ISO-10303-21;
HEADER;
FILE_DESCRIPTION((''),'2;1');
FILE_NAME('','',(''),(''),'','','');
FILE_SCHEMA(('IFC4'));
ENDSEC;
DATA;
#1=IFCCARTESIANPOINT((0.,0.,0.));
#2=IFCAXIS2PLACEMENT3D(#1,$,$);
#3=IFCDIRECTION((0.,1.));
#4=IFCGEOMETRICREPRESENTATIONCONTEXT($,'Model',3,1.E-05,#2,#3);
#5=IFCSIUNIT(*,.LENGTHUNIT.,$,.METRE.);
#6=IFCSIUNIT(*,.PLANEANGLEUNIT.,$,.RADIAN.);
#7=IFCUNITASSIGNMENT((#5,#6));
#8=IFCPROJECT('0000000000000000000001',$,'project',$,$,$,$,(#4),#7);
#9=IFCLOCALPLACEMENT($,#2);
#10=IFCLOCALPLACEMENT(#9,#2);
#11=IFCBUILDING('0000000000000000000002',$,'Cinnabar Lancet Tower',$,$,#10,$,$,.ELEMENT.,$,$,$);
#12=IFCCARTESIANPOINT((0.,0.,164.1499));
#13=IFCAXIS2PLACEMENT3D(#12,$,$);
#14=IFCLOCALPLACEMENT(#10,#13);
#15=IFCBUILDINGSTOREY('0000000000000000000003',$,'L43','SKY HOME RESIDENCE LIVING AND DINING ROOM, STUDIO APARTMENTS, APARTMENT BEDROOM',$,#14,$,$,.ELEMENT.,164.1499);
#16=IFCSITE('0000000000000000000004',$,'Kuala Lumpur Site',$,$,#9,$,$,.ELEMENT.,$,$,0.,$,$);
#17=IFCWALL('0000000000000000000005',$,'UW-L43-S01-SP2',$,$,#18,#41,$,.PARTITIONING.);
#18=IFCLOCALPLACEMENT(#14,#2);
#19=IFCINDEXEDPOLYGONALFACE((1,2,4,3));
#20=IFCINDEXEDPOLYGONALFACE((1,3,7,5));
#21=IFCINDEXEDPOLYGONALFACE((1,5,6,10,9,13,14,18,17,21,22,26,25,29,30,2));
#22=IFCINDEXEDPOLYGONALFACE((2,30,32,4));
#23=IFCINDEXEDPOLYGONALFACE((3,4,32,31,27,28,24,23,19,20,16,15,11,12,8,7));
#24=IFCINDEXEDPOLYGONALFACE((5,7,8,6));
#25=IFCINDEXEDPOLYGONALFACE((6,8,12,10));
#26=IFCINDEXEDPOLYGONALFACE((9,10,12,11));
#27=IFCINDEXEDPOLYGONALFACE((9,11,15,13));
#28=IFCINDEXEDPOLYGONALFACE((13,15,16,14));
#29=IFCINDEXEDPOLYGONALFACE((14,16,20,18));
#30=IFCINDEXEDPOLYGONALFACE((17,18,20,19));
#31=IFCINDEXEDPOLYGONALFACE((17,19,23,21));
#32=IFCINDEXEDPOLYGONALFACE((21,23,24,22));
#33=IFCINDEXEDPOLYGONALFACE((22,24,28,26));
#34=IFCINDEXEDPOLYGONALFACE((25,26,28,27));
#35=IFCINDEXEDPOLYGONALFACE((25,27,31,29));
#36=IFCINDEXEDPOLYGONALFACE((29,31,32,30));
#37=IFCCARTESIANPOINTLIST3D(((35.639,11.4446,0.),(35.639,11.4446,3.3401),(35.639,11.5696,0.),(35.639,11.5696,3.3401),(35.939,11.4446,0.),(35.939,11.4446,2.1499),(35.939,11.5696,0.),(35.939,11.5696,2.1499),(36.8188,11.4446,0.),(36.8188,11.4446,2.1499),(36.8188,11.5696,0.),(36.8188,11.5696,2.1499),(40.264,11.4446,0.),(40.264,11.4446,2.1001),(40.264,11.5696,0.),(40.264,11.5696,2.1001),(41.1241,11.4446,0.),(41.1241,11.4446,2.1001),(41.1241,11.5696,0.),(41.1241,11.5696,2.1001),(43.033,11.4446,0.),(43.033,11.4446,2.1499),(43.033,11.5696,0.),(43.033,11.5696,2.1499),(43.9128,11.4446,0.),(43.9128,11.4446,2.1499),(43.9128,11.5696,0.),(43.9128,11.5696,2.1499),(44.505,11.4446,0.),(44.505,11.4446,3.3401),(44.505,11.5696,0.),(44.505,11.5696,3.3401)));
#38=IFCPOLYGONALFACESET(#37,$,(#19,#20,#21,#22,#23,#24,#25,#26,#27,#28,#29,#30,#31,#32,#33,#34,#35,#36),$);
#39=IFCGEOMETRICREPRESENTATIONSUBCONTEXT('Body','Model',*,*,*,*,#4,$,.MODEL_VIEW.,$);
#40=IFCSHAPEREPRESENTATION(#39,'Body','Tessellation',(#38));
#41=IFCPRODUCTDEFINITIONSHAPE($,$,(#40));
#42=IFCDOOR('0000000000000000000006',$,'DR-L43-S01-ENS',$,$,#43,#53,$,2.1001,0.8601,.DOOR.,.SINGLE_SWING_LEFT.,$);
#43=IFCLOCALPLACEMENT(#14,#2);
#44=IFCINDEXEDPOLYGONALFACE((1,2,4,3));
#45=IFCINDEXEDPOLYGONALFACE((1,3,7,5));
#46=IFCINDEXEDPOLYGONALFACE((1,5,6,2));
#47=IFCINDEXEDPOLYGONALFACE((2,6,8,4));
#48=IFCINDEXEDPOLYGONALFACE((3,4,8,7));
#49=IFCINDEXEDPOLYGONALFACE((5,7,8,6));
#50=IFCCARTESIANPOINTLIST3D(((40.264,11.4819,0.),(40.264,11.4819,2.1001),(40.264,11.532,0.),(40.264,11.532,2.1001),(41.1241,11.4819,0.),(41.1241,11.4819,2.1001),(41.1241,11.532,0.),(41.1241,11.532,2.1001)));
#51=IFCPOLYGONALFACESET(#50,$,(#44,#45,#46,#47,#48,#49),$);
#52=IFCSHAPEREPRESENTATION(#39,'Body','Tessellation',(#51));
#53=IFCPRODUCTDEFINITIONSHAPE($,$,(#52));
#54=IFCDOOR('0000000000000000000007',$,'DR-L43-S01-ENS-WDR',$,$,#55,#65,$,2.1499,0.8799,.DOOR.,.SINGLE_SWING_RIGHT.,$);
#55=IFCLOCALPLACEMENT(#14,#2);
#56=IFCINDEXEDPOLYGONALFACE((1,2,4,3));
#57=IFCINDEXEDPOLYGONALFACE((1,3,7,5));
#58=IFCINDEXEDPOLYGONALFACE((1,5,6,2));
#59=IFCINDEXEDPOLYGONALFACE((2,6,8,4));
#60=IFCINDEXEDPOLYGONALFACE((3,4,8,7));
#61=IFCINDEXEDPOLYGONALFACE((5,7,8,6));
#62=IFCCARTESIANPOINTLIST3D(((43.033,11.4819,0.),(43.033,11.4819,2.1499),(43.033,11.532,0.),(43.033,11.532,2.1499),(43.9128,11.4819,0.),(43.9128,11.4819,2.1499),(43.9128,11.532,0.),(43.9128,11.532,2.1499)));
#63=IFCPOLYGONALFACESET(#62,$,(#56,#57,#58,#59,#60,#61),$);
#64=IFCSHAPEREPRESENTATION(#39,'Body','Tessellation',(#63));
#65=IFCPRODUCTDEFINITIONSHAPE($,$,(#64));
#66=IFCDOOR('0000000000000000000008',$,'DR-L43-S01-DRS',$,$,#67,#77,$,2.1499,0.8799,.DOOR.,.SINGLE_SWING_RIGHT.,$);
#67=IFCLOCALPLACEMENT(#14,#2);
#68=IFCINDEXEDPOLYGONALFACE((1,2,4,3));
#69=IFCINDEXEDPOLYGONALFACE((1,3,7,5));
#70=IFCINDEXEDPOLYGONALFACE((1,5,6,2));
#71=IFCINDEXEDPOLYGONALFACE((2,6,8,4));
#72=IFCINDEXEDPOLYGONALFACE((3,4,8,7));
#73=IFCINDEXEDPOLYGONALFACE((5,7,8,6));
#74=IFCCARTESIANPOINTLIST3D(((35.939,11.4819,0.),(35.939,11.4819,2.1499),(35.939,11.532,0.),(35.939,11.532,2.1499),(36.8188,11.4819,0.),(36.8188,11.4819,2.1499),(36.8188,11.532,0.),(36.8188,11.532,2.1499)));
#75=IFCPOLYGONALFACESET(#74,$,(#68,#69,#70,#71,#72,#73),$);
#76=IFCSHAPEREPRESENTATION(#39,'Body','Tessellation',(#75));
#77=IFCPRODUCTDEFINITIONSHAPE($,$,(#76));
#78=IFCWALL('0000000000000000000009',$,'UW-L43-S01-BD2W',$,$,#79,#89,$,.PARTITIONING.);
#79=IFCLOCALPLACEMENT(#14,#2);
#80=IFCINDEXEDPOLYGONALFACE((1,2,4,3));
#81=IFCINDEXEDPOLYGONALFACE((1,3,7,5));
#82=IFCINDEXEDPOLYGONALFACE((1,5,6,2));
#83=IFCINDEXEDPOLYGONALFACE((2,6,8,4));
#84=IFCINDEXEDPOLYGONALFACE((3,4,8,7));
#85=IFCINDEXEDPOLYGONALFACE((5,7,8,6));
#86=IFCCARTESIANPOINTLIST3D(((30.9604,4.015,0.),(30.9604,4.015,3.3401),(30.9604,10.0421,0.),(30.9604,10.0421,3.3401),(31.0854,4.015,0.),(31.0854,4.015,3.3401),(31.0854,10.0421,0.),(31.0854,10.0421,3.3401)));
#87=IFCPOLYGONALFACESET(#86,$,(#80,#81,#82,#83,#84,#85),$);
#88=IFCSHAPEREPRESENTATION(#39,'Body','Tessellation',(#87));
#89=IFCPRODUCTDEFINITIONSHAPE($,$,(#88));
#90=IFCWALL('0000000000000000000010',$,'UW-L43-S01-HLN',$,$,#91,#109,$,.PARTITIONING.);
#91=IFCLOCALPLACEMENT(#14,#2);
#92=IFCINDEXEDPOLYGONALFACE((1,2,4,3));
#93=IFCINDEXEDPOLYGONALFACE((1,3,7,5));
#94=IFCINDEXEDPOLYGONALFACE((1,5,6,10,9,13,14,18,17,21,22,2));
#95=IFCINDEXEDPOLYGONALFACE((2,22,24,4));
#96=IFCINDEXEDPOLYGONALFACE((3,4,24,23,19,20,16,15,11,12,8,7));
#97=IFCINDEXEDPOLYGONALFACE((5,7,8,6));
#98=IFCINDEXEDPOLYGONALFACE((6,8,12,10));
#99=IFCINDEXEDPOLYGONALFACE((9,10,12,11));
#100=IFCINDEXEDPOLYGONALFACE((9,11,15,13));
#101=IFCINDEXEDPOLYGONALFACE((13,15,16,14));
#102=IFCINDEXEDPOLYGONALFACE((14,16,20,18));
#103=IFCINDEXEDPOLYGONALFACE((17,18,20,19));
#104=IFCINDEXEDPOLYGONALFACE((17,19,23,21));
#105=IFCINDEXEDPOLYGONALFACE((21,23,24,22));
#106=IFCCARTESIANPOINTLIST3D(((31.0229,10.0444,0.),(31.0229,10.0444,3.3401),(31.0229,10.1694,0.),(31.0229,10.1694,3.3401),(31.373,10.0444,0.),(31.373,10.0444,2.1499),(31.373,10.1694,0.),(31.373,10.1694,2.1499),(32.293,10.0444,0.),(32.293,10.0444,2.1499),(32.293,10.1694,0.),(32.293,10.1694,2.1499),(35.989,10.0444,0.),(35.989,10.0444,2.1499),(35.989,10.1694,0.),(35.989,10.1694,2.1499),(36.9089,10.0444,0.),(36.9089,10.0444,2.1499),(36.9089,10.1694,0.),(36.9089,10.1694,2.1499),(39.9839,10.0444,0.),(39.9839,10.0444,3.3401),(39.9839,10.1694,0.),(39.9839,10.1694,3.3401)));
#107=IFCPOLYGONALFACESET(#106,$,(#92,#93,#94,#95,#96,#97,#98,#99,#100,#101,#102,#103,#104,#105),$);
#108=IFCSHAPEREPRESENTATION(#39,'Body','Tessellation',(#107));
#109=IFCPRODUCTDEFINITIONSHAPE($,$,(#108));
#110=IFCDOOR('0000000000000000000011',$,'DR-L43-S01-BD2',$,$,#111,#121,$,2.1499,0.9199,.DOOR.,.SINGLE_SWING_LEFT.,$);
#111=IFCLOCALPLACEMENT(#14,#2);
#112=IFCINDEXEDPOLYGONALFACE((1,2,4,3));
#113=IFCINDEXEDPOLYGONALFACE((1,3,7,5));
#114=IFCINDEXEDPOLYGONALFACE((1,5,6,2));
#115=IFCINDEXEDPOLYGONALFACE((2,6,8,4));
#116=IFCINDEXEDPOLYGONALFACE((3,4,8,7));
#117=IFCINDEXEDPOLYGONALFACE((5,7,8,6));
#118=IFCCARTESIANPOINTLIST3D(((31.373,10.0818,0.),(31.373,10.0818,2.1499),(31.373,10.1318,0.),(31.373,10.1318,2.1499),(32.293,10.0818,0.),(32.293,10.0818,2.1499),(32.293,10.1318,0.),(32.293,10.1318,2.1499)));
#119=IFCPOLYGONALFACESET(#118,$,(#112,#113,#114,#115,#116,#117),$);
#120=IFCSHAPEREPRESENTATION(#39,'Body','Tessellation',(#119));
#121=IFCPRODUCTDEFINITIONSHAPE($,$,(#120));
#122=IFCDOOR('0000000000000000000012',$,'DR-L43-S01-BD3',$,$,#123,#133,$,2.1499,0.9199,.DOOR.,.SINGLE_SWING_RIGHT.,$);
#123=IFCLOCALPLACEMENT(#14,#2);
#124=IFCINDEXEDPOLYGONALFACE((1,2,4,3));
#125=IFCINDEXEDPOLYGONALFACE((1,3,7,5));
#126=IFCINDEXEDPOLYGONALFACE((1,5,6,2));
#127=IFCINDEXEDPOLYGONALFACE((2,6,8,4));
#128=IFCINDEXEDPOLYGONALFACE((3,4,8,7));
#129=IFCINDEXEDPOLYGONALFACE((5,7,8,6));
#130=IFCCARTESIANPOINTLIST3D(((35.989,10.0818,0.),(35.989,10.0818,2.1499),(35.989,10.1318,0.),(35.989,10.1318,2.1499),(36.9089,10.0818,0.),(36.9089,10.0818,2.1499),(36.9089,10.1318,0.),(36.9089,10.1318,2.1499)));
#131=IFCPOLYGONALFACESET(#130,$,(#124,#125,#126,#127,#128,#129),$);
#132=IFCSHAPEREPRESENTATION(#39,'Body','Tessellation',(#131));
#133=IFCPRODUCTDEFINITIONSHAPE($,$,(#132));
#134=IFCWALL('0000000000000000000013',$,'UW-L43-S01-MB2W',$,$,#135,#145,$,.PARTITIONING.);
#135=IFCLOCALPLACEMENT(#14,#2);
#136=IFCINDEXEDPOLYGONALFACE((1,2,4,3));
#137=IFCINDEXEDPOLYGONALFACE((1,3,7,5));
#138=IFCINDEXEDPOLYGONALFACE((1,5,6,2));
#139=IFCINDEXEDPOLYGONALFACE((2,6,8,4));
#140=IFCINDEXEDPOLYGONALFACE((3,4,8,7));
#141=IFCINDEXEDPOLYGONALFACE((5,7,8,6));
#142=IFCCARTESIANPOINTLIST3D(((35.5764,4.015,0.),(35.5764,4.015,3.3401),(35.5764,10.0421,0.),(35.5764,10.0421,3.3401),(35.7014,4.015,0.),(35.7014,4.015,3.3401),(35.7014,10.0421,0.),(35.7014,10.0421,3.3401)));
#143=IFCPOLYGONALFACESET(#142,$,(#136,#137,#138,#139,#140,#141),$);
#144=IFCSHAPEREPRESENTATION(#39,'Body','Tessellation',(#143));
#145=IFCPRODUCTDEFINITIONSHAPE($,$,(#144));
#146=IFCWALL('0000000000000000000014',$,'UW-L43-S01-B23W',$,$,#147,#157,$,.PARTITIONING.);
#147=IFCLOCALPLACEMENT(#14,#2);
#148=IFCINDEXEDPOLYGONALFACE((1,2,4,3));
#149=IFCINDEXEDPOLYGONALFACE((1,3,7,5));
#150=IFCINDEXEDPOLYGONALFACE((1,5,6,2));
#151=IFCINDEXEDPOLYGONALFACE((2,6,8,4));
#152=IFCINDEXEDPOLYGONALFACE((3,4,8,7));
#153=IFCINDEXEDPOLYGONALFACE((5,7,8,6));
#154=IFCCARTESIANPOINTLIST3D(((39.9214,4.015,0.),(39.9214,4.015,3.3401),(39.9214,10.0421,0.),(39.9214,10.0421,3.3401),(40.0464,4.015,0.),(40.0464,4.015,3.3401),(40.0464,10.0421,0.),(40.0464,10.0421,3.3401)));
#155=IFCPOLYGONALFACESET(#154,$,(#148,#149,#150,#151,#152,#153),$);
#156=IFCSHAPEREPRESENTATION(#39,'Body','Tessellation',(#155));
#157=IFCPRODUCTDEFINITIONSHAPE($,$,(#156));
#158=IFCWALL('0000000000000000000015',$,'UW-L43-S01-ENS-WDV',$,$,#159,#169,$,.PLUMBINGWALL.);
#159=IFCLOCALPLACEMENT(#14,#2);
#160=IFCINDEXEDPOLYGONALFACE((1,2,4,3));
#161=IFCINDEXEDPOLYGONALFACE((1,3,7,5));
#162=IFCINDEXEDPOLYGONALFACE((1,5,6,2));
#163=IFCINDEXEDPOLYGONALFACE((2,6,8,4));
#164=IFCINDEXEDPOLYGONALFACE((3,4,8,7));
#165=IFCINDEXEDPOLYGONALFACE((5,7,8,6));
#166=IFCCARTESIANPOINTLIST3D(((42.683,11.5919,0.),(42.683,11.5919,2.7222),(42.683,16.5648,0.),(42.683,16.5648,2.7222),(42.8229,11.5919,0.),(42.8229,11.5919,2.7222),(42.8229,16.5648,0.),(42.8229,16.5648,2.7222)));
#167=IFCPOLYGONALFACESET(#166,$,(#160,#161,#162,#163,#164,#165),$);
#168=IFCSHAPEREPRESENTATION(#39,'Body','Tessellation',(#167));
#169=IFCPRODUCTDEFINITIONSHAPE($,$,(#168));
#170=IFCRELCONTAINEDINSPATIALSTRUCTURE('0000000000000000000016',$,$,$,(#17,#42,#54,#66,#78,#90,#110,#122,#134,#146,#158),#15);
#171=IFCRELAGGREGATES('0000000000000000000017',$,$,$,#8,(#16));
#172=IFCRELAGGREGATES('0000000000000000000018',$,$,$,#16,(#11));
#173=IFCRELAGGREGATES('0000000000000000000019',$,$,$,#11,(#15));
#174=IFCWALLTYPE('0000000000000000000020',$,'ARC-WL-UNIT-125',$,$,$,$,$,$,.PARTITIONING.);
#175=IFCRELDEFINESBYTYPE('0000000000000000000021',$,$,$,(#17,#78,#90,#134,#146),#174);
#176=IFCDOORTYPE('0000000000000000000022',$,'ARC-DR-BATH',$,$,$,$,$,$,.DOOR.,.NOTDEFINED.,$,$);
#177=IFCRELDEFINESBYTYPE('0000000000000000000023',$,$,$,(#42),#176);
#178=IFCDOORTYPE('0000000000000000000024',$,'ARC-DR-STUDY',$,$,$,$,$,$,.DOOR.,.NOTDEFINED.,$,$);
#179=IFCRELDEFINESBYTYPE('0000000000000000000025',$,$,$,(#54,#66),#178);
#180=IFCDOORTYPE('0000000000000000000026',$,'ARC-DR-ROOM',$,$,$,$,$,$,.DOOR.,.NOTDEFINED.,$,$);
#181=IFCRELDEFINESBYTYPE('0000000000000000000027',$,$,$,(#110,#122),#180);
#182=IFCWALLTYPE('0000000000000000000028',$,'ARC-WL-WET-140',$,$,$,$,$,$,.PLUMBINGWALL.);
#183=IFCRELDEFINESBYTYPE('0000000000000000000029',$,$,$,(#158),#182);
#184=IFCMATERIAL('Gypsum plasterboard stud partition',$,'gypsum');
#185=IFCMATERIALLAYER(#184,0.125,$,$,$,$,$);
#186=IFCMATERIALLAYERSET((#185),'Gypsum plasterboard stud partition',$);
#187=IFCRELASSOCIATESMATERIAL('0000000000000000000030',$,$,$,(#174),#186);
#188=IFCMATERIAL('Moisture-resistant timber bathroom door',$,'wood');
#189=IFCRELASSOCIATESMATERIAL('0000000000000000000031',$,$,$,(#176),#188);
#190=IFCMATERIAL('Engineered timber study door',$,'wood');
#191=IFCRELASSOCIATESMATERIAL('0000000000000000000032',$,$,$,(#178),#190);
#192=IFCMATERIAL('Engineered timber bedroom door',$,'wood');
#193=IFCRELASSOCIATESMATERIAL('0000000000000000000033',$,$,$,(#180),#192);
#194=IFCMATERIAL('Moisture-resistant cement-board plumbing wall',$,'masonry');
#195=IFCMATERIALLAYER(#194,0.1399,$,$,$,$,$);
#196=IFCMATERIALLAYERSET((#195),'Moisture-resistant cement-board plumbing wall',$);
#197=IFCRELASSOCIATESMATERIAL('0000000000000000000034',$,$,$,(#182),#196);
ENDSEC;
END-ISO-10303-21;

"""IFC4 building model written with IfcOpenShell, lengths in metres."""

from ifc_helpers import new_model, si_unit, direction, frame, frame_2d, origin, place, context, subcontext, project, spatial, rectangle, extrude, material, layer, layer_set, type_object, element, fill, save


model = new_model("IFC4")

# Units and contexts
model_context = context("Model", 3, precision=1e-05, world=origin(), true_north=direction((0.0, 1.0)))
body_context = subcontext(model_context, "Body", "Model", "MODEL_VIEW")
ifc_project = project(units=[si_unit("LENGTHUNIT", "METRE"), si_unit("PLANEANGLEUNIT", "RADIAN")], contexts=[model_context])

# Site, building, storey
site_placement = place(None, origin())
site = spatial("IfcSite", under=ifc_project, at=site_placement, Name="Kuala Lumpur Site", CompositionType="ELEMENT", RefElevation=0.0)
building_placement = place(site_placement, origin())
building = spatial("IfcBuilding", under=site, at=building_placement, Name="Cinnabar Lancet Tower", CompositionType="ELEMENT")
storey_placement = place(building_placement, frame((0.0, 0.0, 164.1499)))
storey = spatial("IfcBuildingStorey", under=building, at=storey_placement, Name="L43", Description="SKY HOME RESIDENCE LIVING AND DINING ROOM, STUDIO APARTMENTS, APARTMENT BEDROOM", CompositionType="ELEMENT", Elevation=164.1499)

# Wall, openings, doors
ifc_material_1 = material(Name="Gypsum plasterboard stud partition", Category="gypsum")
ifc_layer_1 = layer(ifc_material_1, 0.125)
ifc_layer_set_1 = layer_set([ifc_layer_1], Name="Gypsum plasterboard stud partition")
wall_type_1 = type_object("IfcWallType", Name="ARC-WL-UNIT-125", PredefinedType="PARTITIONING", material=ifc_layer_set_1)
wall_1_placement = place(storey_placement, frame((35.6389, 11.5071, 0.0), z_axis=(0.0, 0.0, 1.0), x_axis=(1.0, 0.0, 0.0)))
wall_1 = element("IfcWall", 1, at=wall_1_placement, inside=storey, type_object=wall_type_1, Name="UW-L43-S01-SP2", PredefinedType="PARTITIONING", context=body_context, shape_type="SweptSolid", body=[
    extrude(rectangle(XDim=8.866, YDim=0.125, at=frame_2d((4.4331, 0.0))), origin(), (0.0, 0.0, 1.0), 3.3401),
])
opening_1_placement = place(wall_1_placement, frame((4.625, 0.0, 0.0)))
opening_1 = element("IfcOpeningElement", 2, at=opening_1_placement, cuts=wall_1, PredefinedType="OPENING", context=body_context, shape_type="SweptSolid", body=[
    extrude(rectangle(XDim=0.8601, YDim=2.1001, at=frame_2d((0.4302, 1.05))), frame((0.0, 0.0725, 0.0), z_axis=(0.0, -1.0, 0.0), x_axis=(1.0, 0.0, 0.0)), (0.0, 0.0, 1.0), 0.145),
])
opening_2_placement = place(wall_1_placement, frame((7.394, 0.0, 0.0)))
opening_2 = element("IfcOpeningElement", 3, at=opening_2_placement, cuts=wall_1, PredefinedType="OPENING", context=body_context, shape_type="SweptSolid", body=[
    extrude(rectangle(XDim=0.8799, YDim=2.1499, at=frame_2d((0.4399, 1.075))), frame((0.0, 0.0725, 0.0), z_axis=(0.0, -1.0, 0.0), x_axis=(1.0, 0.0, 0.0)), (0.0, 0.0, 1.0), 0.145),
])
opening_3_placement = place(wall_1_placement, frame((0.3, 0.0, 0.0)))
opening_3 = element("IfcOpeningElement", 4, at=opening_3_placement, cuts=wall_1, PredefinedType="OPENING", context=body_context, shape_type="SweptSolid", body=[
    extrude(rectangle(XDim=0.8799, YDim=2.1499, at=frame_2d((0.4399, 1.075))), frame((0.0, 0.0725, 0.0), z_axis=(0.0, -1.0, 0.0), x_axis=(1.0, 0.0, 0.0)), (0.0, 0.0, 1.0), 0.145),
])
ifc_material_2 = material(Name="Moisture-resistant timber bathroom door", Category="wood")
door_type_1 = type_object("IfcDoorType", Name="ARC-DR-BATH", OperationType="NOTDEFINED", PredefinedType="DOOR", material=ifc_material_2)
door_1_placement = place(opening_1_placement, origin())
door_1 = element("IfcDoor", 5, at=door_1_placement, inside=storey, type_object=door_type_1, Name="DR-L43-S01-ENS", OperationType="SINGLE_SWING_LEFT", OverallHeight=2.1001, OverallWidth=0.8601, PredefinedType="DOOR", context=body_context, shape_type="SweptSolid", body=[
    extrude(rectangle(XDim=0.8601, YDim=2.1001, at=frame_2d((0.4302, 1.05))), frame((0.0, 0.0249, 0.0), z_axis=(0.0, -1.0, 0.0), x_axis=(1.0, 0.0, 0.0)), (0.0, 0.0, 1.0), 0.05),
])
fill(opening_1, door_1)
ifc_material_3 = material(Name="Engineered timber study door", Category="wood")
door_type_2 = type_object("IfcDoorType", Name="ARC-DR-STUDY", OperationType="NOTDEFINED", PredefinedType="DOOR", material=ifc_material_3)
door_2_placement = place(opening_2_placement, origin())
door_2 = element("IfcDoor", 6, at=door_2_placement, inside=storey, type_object=door_type_2, Name="DR-L43-S01-ENS-WDR", OperationType="SINGLE_SWING_RIGHT", OverallHeight=2.1499, OverallWidth=0.8799, PredefinedType="DOOR", context=body_context, shape_type="SweptSolid", body=[
    extrude(rectangle(XDim=0.8799, YDim=2.1499, at=frame_2d((0.4399, 1.075))), frame((0.0, 0.0249, 0.0), z_axis=(0.0, -1.0, 0.0), x_axis=(1.0, 0.0, 0.0)), (0.0, 0.0, 1.0), 0.05),
])
fill(opening_2, door_2)
door_3_placement = place(opening_3_placement, origin())
door_3 = element("IfcDoor", 7, at=door_3_placement, inside=storey, type_object=door_type_2, Name="DR-L43-S01-DRS", OperationType="SINGLE_SWING_RIGHT", OverallHeight=2.1499, OverallWidth=0.8799, PredefinedType="DOOR", context=body_context, shape_type="SweptSolid", body=[
    extrude(rectangle(XDim=0.8799, YDim=2.1499, at=frame_2d((0.4399, 1.075))), frame((0.0, 0.0249, 0.0), z_axis=(0.0, -1.0, 0.0), x_axis=(1.0, 0.0, 0.0)), (0.0, 0.0, 1.0), 0.05),
])
fill(opening_3, door_3)

# Wall
wall_2_placement = place(storey_placement, frame((31.0229, 4.0149, 0.0), z_axis=(0.0, 0.0, 1.0), x_axis=(0.0, 1.0, 0.0)))
element("IfcWall", 8, at=wall_2_placement, inside=storey, type_object=wall_type_1, Name="UW-L43-S01-BD2W", PredefinedType="PARTITIONING", context=body_context, shape_type="SweptSolid", body=[
    extrude(rectangle(XDim=6.0271, YDim=0.125, at=frame_2d((3.0137, 0.0))), origin(), (0.0, 0.0, 1.0), 3.3401),
])

# Wall, openings, doors
wall_3_placement = place(storey_placement, frame((31.0229, 10.1069, 0.0), z_axis=(0.0, 0.0, 1.0), x_axis=(1.0, 0.0, 0.0)))
wall_3 = element("IfcWall", 9, at=wall_3_placement, inside=storey, type_object=wall_type_1, Name="UW-L43-S01-HLN", PredefinedType="PARTITIONING", context=body_context, shape_type="SweptSolid", body=[
    extrude(rectangle(XDim=8.9609, YDim=0.125, at=frame_2d((4.4805, 0.0))), origin(), (0.0, 0.0, 1.0), 3.3401),
])
opening_4_placement = place(wall_3_placement, frame((0.3501, 0.0, 0.0)))
opening_4 = element("IfcOpeningElement", 10, at=opening_4_placement, cuts=wall_3, PredefinedType="OPENING", context=body_context, shape_type="SweptSolid", body=[
    extrude(rectangle(XDim=0.9199, YDim=2.1499, at=frame_2d((0.46, 1.075))), frame((0.0, 0.0725, 0.0), z_axis=(0.0, -1.0, 0.0), x_axis=(1.0, 0.0, 0.0)), (0.0, 0.0, 1.0), 0.145),
])
opening_5_placement = place(wall_3_placement, frame((4.9661, 0.0, 0.0)))
opening_5 = element("IfcOpeningElement", 11, at=opening_5_placement, cuts=wall_3, PredefinedType="OPENING", context=body_context, shape_type="SweptSolid", body=[
    extrude(rectangle(XDim=0.9199, YDim=2.1499, at=frame_2d((0.46, 1.075))), frame((0.0, 0.0725, 0.0), z_axis=(0.0, -1.0, 0.0), x_axis=(1.0, 0.0, 0.0)), (0.0, 0.0, 1.0), 0.145),
])
ifc_material_4 = material(Name="Engineered timber bedroom door", Category="wood")
door_type_3 = type_object("IfcDoorType", Name="ARC-DR-ROOM", OperationType="NOTDEFINED", PredefinedType="DOOR", material=ifc_material_4)
door_4_placement = place(opening_4_placement, origin())
door_4 = element("IfcDoor", 12, at=door_4_placement, inside=storey, type_object=door_type_3, Name="DR-L43-S01-BD2", OperationType="SINGLE_SWING_LEFT", OverallHeight=2.1499, OverallWidth=0.9199, PredefinedType="DOOR", context=body_context, shape_type="SweptSolid", body=[
    extrude(rectangle(XDim=0.9199, YDim=2.1499, at=frame_2d((0.46, 1.075))), frame((0.0, 0.0249, 0.0), z_axis=(0.0, -1.0, 0.0), x_axis=(1.0, 0.0, 0.0)), (0.0, 0.0, 1.0), 0.05),
])
fill(opening_4, door_4)
door_5_placement = place(opening_5_placement, origin())
door_5 = element("IfcDoor", 13, at=door_5_placement, inside=storey, type_object=door_type_3, Name="DR-L43-S01-BD3", OperationType="SINGLE_SWING_RIGHT", OverallHeight=2.1499, OverallWidth=0.9199, PredefinedType="DOOR", context=body_context, shape_type="SweptSolid", body=[
    extrude(rectangle(XDim=0.9199, YDim=2.1499, at=frame_2d((0.46, 1.075))), frame((0.0, 0.0249, 0.0), z_axis=(0.0, -1.0, 0.0), x_axis=(1.0, 0.0, 0.0)), (0.0, 0.0, 1.0), 0.05),
])
fill(opening_5, door_5)

# Walls
for number, where, z_axis, x_axis, name in (
    (14, (35.6389, 4.0149, 0.0), (0.0, 0.0, 1.0), (0.0, 1.0, 0.0), "UW-L43-S01-MB2W"),
    (15, (39.9839, 4.0149, 0.0), (0.0, 0.0, 1.0), (0.0, 1.0, 0.0), "UW-L43-S01-B23W"),
):
    element("IfcWall", number, at=place(storey_placement, frame(where, z_axis=z_axis, x_axis=x_axis)), inside=storey, type_object=wall_type_1, Name=name, PredefinedType="PARTITIONING", context=body_context, shape_type="SweptSolid", body=[
        extrude(rectangle(XDim=6.0271, YDim=0.125, at=frame_2d((3.0137, 0.0))), origin(), (0.0, 0.0, 1.0), 3.3401),
    ])
ifc_material_5 = material(Name="Moisture-resistant cement-board plumbing wall", Category="masonry")
ifc_layer_2 = layer(ifc_material_5, 0.1399)
ifc_layer_set_2 = layer_set([ifc_layer_2], Name="Moisture-resistant cement-board plumbing wall")
wall_type_2 = type_object("IfcWallType", Name="ARC-WL-WET-140", PredefinedType="PLUMBINGWALL", material=ifc_layer_set_2)
wall_4_placement = place(storey_placement, frame((42.7529, 11.592, 0.0), z_axis=(0.0, 0.0, 1.0), x_axis=(0.0, 1.0, 0.0)))
element("IfcWall", 16, at=wall_4_placement, inside=storey, type_object=wall_type_2, Name="UW-L43-S01-ENS-WDV", PredefinedType="PLUMBINGWALL", context=body_context, shape_type="SweptSolid", body=[
    extrude(rectangle(XDim=4.9729, YDim=0.1399, at=frame_2d((2.4863, 0.0))), origin(), (0.0, 0.0, 1.0), 2.7222),
])

save(model, "model.ifc")
